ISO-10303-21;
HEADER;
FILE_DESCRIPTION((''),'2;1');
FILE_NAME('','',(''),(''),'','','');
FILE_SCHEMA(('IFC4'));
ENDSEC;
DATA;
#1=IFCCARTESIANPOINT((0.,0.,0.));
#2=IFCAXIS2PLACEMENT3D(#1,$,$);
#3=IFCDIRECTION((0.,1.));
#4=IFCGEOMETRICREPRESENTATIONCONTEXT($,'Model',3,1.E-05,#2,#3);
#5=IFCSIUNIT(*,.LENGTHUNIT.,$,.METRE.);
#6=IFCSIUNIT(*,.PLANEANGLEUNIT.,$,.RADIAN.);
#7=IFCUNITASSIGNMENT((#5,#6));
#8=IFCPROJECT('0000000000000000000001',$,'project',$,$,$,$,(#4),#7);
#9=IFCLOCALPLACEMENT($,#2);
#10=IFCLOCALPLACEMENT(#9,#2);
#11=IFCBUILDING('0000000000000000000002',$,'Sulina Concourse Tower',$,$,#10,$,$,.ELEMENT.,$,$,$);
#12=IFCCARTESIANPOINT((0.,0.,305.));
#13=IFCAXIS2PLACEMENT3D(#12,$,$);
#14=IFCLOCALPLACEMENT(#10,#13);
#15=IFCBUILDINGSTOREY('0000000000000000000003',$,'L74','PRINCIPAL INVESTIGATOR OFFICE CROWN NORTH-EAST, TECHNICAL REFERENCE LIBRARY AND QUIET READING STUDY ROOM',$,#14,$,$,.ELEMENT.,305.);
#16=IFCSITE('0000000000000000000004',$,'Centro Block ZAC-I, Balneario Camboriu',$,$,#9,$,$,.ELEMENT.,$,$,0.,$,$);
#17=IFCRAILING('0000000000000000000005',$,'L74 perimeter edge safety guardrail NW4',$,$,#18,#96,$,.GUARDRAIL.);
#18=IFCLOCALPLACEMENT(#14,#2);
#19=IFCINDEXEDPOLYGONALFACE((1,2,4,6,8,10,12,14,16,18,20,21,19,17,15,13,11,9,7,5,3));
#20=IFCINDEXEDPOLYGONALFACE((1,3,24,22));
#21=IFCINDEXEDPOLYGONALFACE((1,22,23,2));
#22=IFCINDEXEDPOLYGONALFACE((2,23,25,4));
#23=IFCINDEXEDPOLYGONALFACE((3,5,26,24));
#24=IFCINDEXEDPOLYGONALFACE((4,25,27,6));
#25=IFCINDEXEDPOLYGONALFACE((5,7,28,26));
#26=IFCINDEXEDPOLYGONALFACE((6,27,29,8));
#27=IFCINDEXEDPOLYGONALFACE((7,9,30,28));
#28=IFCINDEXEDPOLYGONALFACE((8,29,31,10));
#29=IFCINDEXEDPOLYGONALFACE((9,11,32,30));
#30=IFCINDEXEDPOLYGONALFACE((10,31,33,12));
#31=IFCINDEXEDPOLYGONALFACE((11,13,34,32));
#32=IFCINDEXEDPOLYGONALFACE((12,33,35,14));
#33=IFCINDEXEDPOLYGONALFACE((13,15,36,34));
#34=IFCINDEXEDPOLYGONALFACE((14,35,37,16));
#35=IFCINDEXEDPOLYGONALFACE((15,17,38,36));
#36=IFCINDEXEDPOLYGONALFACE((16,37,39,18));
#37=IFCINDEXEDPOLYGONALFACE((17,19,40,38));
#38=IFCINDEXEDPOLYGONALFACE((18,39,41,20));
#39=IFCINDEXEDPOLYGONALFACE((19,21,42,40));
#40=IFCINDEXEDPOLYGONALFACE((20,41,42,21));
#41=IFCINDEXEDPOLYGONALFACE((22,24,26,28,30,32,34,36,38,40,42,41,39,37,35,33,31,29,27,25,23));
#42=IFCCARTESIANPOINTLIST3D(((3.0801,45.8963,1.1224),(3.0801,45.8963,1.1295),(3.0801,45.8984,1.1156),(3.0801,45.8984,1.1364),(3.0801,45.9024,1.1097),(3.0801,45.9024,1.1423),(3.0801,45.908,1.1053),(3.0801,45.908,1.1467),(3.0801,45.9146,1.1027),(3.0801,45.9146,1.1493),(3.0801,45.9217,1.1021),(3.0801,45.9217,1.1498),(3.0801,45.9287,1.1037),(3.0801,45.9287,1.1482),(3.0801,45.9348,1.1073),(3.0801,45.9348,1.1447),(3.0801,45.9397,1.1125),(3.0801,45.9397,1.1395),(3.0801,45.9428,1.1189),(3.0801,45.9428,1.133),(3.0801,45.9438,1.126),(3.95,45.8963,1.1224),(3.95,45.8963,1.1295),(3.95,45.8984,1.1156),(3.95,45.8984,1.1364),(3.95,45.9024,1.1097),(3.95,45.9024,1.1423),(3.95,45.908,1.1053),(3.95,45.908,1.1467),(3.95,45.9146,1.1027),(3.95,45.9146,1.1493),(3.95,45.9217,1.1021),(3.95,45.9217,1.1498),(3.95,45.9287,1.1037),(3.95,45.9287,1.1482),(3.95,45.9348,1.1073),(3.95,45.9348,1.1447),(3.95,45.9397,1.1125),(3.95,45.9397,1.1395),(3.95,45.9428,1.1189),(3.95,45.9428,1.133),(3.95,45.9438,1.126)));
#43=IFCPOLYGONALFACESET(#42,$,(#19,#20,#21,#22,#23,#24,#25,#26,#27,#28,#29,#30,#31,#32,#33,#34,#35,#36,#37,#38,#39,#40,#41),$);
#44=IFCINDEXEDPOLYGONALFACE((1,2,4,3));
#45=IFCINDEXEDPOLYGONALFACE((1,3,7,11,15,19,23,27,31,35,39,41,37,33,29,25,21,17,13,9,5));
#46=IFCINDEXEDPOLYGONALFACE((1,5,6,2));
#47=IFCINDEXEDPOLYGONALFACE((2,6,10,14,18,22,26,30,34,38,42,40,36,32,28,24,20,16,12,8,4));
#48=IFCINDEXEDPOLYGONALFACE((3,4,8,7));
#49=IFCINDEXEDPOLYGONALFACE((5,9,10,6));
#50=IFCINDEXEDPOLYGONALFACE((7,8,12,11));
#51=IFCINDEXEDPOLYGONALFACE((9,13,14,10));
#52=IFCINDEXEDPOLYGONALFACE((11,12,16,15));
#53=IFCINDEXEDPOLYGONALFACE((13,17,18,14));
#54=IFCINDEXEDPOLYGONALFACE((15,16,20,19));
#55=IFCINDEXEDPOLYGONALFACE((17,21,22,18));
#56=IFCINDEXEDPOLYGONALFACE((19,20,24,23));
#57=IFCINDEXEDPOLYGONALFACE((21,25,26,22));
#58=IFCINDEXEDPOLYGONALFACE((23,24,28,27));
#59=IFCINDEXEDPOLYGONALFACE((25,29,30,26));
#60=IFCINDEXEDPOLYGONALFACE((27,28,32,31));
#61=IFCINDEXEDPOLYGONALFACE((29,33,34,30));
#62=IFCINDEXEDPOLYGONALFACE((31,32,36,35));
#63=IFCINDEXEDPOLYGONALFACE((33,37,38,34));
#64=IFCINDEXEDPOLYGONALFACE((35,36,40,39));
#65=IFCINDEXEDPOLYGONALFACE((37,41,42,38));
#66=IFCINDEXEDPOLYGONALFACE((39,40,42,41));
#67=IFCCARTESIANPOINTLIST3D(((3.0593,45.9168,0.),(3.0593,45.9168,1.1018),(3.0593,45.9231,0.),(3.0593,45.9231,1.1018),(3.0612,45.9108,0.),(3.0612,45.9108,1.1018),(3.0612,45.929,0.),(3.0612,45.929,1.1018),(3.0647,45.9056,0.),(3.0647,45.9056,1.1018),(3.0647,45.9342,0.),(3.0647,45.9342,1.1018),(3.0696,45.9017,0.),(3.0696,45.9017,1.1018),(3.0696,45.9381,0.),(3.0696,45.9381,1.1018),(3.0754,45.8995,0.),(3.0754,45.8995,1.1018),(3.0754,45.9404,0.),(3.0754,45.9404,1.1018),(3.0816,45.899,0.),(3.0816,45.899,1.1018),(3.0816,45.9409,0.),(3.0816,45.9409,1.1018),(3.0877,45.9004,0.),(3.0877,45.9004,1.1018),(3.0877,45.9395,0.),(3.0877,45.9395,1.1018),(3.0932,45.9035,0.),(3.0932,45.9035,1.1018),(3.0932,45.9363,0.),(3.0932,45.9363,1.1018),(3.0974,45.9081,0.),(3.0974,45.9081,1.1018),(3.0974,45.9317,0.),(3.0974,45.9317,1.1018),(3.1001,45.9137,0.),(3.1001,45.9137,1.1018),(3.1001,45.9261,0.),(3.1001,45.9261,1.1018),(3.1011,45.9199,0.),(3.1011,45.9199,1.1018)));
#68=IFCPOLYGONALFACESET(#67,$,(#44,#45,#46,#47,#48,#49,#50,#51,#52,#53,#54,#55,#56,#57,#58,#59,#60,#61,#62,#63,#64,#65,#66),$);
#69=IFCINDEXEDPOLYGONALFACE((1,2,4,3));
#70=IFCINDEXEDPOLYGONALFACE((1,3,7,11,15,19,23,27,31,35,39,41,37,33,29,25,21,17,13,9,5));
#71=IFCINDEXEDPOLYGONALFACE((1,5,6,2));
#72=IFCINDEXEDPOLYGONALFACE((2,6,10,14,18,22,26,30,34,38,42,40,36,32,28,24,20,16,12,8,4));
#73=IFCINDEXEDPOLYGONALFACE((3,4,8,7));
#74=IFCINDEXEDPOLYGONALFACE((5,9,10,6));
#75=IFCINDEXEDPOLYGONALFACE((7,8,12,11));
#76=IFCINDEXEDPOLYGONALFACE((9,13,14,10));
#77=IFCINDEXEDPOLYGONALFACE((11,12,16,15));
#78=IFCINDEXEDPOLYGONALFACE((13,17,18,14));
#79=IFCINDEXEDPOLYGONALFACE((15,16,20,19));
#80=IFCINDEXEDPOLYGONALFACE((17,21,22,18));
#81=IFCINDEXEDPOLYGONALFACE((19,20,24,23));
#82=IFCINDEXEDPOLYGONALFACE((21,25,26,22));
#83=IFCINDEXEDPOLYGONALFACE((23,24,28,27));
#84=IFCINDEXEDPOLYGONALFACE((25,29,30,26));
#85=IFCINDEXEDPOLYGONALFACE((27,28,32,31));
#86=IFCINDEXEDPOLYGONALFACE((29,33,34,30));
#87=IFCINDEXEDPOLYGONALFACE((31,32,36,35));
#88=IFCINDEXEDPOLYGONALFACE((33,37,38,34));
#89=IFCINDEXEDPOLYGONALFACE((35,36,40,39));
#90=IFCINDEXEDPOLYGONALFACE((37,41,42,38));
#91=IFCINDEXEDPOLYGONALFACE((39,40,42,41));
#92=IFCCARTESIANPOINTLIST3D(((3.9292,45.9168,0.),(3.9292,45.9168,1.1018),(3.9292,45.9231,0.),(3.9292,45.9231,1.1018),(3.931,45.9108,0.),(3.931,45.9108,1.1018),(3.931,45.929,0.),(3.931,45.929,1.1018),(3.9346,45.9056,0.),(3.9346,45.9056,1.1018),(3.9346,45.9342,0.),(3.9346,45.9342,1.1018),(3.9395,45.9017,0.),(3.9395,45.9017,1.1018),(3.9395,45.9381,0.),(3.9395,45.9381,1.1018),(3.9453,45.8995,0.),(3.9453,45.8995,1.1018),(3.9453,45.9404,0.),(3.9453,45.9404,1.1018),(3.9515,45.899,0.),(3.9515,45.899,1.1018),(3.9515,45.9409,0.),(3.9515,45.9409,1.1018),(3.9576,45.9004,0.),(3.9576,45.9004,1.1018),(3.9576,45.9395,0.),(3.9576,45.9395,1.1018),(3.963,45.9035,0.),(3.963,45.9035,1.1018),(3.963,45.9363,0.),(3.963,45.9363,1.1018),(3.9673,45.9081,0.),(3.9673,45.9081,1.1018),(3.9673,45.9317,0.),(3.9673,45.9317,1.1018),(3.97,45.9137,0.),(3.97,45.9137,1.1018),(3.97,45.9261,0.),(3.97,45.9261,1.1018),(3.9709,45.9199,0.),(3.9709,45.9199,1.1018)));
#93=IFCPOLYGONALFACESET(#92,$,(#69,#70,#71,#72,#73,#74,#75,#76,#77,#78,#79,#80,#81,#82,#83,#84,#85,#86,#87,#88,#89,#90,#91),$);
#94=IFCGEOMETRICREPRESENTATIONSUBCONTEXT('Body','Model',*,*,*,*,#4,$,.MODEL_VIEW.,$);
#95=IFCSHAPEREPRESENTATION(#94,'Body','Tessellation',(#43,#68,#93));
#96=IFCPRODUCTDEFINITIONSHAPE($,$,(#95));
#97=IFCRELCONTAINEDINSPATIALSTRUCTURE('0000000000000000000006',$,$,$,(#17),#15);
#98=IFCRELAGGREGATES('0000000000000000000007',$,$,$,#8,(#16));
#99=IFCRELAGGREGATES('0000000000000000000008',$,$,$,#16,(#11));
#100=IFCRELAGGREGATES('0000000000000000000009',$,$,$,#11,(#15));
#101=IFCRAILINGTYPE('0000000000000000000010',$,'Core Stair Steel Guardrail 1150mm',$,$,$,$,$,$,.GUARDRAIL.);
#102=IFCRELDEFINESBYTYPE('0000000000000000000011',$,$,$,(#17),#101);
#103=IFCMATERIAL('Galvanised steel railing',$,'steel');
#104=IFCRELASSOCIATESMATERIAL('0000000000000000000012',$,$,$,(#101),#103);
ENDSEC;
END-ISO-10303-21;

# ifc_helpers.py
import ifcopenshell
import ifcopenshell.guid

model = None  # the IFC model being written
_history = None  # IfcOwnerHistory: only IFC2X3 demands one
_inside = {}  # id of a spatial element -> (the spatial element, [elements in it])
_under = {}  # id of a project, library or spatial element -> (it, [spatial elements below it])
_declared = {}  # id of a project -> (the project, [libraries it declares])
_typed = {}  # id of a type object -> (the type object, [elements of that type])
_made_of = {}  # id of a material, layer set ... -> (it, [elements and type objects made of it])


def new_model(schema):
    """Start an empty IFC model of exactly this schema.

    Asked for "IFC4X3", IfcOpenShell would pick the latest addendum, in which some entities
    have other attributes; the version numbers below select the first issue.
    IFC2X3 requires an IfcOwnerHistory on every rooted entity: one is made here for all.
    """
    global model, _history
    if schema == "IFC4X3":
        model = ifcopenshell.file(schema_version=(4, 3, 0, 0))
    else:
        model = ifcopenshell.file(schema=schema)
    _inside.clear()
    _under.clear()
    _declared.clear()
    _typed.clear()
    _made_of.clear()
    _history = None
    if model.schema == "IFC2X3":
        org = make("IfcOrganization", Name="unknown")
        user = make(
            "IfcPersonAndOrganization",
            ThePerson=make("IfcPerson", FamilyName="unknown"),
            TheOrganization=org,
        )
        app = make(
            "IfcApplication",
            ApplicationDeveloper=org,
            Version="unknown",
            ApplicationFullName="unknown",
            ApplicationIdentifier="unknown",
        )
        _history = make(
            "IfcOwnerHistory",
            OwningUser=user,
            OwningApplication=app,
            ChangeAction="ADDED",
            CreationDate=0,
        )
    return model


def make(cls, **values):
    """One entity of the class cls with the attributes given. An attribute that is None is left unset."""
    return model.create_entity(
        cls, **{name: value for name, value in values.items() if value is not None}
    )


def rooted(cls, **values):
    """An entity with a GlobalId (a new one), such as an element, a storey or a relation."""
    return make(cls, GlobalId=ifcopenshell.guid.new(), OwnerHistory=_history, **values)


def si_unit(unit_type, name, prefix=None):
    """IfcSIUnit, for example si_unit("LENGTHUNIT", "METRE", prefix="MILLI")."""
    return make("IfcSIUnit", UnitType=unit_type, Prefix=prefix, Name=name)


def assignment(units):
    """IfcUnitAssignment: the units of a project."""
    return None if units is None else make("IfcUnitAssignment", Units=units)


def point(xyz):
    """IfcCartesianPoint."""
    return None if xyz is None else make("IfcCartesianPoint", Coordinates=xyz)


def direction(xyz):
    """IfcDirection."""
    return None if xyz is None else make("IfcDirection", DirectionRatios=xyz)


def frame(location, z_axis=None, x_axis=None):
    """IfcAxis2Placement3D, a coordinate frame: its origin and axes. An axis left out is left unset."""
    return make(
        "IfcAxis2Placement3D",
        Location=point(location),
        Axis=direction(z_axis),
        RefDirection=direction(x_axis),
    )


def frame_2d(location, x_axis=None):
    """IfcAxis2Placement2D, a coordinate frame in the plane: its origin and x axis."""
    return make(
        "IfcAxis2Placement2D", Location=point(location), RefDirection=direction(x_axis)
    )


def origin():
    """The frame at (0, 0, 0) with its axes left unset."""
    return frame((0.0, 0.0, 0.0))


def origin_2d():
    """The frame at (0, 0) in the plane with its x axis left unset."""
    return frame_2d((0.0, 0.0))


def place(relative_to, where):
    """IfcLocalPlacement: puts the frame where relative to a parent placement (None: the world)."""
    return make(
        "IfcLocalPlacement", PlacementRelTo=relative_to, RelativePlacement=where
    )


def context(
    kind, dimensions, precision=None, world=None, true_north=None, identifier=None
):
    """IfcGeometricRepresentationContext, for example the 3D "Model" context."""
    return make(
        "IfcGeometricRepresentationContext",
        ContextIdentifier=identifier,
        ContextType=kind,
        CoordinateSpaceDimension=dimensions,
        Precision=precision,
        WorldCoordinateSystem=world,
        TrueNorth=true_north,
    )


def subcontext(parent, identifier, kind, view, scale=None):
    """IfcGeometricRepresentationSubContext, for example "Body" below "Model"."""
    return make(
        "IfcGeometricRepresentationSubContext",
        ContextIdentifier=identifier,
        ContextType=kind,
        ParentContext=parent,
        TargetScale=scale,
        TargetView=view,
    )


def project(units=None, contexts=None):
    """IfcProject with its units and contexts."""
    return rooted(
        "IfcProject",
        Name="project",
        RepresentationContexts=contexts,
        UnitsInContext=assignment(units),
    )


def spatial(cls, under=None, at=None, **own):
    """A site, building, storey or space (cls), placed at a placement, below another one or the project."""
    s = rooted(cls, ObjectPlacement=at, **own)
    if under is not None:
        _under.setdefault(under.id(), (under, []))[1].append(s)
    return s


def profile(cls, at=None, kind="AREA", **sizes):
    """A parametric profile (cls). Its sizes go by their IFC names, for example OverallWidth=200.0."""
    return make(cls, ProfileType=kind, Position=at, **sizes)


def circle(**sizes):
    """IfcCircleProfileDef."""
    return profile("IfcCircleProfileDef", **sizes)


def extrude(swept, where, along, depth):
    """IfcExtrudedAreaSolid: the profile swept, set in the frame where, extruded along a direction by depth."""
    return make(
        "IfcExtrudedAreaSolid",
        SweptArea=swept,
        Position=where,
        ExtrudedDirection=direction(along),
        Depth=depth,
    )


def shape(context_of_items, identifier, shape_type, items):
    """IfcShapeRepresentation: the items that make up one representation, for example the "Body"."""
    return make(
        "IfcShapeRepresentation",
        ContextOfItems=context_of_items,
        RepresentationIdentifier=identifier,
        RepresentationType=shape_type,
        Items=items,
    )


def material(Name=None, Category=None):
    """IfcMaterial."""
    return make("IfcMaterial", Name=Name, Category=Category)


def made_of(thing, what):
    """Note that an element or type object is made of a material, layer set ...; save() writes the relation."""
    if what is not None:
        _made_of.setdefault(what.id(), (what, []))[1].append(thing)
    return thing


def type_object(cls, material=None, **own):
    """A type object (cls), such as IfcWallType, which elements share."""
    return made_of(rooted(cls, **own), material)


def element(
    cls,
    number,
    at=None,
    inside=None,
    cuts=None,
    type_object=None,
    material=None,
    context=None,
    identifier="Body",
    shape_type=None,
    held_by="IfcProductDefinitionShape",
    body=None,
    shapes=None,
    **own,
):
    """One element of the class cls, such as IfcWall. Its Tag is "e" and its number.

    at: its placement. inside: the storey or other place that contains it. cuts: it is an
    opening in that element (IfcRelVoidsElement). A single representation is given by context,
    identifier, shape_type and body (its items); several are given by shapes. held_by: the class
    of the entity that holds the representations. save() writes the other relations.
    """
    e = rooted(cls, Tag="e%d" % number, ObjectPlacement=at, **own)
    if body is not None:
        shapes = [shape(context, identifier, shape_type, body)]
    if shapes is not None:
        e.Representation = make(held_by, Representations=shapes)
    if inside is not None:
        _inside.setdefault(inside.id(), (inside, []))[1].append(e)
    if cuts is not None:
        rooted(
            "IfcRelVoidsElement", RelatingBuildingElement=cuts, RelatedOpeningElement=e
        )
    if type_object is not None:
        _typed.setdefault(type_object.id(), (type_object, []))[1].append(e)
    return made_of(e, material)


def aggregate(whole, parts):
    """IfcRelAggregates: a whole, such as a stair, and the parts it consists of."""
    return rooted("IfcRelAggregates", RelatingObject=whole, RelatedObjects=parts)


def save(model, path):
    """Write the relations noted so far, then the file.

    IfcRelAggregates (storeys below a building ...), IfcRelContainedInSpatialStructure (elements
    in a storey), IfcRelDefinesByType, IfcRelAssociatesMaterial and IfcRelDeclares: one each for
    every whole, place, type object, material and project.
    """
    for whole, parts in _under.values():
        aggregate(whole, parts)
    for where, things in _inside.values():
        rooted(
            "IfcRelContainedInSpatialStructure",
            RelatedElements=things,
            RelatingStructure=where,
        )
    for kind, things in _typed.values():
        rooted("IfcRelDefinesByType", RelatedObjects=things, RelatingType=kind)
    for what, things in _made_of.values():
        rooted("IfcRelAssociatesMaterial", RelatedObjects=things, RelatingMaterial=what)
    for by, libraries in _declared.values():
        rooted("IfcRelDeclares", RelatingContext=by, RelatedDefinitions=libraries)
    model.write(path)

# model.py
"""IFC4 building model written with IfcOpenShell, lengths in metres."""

from ifc_helpers import new_model, si_unit, direction, frame, origin, origin_2d, place, context, subcontext, project, spatial, circle, extrude, material, type_object, element, save


model = new_model("IFC4")

# Units and contexts
model_context = context("Model", 3, precision=1e-05, world=origin(), true_north=direction((0.0, 1.0)))
body_context = subcontext(model_context, "Body", "Model", "MODEL_VIEW")
ifc_project = project(units=[si_unit("LENGTHUNIT", "METRE"), si_unit("PLANEANGLEUNIT", "RADIAN")], contexts=[model_context])

# Site, building, storey
site_placement = place(None, origin())
site = spatial("IfcSite", under=ifc_project, at=site_placement, Name="Centro Block ZAC-I, Balneario Camboriu", CompositionType="ELEMENT", RefElevation=0.0)
building_placement = place(site_placement, origin())
building = spatial("IfcBuilding", under=site, at=building_placement, Name="Sulina Concourse Tower", CompositionType="ELEMENT")
storey_placement = place(building_placement, frame((0.0, 0.0, 305.0)))
storey = spatial("IfcBuildingStorey", under=building, at=storey_placement, Name="L74", Description="PRINCIPAL INVESTIGATOR OFFICE CROWN NORTH-EAST, TECHNICAL REFERENCE LIBRARY AND QUIET READING STUDY ROOM", CompositionType="ELEMENT", Elevation=305.0)

# Railing
ifc_material_1 = material(Name="Galvanised steel railing", Category="steel")
railing_type_1 = type_object("IfcRailingType", Name="Core Stair Steel Guardrail 1150mm", PredefinedType="GUARDRAIL", material=ifc_material_1)
railing_1_placement = place(storey_placement, frame((3.0801, 45.9199, 0.0)))
element("IfcRailing", 1, at=railing_1_placement, inside=storey, type_object=railing_type_1, Name="L74 perimeter edge safety guardrail NW4", PredefinedType="GUARDRAIL", context=body_context, shape_type="SweptSolid", body=[
    extrude(circle(Radius=0.0239, at=origin_2d()), frame((0.0, 0.0, 1.126), z_axis=(1.0, 0.0, 0.0), x_axis=(0.0, 1.0, 0.0)), (0.0, 0.0, 1.0), 0.8699),
    extrude(circle(Radius=0.021, at=origin_2d()), origin(), (0.0, 0.0, 1.0), 1.1018),
    extrude(circle(Radius=0.021, at=origin_2d()), frame((0.8699, 0.0, 0.0)), (0.0, 0.0, 1.0), 1.1018),
])

save(model, "model.ifc")
